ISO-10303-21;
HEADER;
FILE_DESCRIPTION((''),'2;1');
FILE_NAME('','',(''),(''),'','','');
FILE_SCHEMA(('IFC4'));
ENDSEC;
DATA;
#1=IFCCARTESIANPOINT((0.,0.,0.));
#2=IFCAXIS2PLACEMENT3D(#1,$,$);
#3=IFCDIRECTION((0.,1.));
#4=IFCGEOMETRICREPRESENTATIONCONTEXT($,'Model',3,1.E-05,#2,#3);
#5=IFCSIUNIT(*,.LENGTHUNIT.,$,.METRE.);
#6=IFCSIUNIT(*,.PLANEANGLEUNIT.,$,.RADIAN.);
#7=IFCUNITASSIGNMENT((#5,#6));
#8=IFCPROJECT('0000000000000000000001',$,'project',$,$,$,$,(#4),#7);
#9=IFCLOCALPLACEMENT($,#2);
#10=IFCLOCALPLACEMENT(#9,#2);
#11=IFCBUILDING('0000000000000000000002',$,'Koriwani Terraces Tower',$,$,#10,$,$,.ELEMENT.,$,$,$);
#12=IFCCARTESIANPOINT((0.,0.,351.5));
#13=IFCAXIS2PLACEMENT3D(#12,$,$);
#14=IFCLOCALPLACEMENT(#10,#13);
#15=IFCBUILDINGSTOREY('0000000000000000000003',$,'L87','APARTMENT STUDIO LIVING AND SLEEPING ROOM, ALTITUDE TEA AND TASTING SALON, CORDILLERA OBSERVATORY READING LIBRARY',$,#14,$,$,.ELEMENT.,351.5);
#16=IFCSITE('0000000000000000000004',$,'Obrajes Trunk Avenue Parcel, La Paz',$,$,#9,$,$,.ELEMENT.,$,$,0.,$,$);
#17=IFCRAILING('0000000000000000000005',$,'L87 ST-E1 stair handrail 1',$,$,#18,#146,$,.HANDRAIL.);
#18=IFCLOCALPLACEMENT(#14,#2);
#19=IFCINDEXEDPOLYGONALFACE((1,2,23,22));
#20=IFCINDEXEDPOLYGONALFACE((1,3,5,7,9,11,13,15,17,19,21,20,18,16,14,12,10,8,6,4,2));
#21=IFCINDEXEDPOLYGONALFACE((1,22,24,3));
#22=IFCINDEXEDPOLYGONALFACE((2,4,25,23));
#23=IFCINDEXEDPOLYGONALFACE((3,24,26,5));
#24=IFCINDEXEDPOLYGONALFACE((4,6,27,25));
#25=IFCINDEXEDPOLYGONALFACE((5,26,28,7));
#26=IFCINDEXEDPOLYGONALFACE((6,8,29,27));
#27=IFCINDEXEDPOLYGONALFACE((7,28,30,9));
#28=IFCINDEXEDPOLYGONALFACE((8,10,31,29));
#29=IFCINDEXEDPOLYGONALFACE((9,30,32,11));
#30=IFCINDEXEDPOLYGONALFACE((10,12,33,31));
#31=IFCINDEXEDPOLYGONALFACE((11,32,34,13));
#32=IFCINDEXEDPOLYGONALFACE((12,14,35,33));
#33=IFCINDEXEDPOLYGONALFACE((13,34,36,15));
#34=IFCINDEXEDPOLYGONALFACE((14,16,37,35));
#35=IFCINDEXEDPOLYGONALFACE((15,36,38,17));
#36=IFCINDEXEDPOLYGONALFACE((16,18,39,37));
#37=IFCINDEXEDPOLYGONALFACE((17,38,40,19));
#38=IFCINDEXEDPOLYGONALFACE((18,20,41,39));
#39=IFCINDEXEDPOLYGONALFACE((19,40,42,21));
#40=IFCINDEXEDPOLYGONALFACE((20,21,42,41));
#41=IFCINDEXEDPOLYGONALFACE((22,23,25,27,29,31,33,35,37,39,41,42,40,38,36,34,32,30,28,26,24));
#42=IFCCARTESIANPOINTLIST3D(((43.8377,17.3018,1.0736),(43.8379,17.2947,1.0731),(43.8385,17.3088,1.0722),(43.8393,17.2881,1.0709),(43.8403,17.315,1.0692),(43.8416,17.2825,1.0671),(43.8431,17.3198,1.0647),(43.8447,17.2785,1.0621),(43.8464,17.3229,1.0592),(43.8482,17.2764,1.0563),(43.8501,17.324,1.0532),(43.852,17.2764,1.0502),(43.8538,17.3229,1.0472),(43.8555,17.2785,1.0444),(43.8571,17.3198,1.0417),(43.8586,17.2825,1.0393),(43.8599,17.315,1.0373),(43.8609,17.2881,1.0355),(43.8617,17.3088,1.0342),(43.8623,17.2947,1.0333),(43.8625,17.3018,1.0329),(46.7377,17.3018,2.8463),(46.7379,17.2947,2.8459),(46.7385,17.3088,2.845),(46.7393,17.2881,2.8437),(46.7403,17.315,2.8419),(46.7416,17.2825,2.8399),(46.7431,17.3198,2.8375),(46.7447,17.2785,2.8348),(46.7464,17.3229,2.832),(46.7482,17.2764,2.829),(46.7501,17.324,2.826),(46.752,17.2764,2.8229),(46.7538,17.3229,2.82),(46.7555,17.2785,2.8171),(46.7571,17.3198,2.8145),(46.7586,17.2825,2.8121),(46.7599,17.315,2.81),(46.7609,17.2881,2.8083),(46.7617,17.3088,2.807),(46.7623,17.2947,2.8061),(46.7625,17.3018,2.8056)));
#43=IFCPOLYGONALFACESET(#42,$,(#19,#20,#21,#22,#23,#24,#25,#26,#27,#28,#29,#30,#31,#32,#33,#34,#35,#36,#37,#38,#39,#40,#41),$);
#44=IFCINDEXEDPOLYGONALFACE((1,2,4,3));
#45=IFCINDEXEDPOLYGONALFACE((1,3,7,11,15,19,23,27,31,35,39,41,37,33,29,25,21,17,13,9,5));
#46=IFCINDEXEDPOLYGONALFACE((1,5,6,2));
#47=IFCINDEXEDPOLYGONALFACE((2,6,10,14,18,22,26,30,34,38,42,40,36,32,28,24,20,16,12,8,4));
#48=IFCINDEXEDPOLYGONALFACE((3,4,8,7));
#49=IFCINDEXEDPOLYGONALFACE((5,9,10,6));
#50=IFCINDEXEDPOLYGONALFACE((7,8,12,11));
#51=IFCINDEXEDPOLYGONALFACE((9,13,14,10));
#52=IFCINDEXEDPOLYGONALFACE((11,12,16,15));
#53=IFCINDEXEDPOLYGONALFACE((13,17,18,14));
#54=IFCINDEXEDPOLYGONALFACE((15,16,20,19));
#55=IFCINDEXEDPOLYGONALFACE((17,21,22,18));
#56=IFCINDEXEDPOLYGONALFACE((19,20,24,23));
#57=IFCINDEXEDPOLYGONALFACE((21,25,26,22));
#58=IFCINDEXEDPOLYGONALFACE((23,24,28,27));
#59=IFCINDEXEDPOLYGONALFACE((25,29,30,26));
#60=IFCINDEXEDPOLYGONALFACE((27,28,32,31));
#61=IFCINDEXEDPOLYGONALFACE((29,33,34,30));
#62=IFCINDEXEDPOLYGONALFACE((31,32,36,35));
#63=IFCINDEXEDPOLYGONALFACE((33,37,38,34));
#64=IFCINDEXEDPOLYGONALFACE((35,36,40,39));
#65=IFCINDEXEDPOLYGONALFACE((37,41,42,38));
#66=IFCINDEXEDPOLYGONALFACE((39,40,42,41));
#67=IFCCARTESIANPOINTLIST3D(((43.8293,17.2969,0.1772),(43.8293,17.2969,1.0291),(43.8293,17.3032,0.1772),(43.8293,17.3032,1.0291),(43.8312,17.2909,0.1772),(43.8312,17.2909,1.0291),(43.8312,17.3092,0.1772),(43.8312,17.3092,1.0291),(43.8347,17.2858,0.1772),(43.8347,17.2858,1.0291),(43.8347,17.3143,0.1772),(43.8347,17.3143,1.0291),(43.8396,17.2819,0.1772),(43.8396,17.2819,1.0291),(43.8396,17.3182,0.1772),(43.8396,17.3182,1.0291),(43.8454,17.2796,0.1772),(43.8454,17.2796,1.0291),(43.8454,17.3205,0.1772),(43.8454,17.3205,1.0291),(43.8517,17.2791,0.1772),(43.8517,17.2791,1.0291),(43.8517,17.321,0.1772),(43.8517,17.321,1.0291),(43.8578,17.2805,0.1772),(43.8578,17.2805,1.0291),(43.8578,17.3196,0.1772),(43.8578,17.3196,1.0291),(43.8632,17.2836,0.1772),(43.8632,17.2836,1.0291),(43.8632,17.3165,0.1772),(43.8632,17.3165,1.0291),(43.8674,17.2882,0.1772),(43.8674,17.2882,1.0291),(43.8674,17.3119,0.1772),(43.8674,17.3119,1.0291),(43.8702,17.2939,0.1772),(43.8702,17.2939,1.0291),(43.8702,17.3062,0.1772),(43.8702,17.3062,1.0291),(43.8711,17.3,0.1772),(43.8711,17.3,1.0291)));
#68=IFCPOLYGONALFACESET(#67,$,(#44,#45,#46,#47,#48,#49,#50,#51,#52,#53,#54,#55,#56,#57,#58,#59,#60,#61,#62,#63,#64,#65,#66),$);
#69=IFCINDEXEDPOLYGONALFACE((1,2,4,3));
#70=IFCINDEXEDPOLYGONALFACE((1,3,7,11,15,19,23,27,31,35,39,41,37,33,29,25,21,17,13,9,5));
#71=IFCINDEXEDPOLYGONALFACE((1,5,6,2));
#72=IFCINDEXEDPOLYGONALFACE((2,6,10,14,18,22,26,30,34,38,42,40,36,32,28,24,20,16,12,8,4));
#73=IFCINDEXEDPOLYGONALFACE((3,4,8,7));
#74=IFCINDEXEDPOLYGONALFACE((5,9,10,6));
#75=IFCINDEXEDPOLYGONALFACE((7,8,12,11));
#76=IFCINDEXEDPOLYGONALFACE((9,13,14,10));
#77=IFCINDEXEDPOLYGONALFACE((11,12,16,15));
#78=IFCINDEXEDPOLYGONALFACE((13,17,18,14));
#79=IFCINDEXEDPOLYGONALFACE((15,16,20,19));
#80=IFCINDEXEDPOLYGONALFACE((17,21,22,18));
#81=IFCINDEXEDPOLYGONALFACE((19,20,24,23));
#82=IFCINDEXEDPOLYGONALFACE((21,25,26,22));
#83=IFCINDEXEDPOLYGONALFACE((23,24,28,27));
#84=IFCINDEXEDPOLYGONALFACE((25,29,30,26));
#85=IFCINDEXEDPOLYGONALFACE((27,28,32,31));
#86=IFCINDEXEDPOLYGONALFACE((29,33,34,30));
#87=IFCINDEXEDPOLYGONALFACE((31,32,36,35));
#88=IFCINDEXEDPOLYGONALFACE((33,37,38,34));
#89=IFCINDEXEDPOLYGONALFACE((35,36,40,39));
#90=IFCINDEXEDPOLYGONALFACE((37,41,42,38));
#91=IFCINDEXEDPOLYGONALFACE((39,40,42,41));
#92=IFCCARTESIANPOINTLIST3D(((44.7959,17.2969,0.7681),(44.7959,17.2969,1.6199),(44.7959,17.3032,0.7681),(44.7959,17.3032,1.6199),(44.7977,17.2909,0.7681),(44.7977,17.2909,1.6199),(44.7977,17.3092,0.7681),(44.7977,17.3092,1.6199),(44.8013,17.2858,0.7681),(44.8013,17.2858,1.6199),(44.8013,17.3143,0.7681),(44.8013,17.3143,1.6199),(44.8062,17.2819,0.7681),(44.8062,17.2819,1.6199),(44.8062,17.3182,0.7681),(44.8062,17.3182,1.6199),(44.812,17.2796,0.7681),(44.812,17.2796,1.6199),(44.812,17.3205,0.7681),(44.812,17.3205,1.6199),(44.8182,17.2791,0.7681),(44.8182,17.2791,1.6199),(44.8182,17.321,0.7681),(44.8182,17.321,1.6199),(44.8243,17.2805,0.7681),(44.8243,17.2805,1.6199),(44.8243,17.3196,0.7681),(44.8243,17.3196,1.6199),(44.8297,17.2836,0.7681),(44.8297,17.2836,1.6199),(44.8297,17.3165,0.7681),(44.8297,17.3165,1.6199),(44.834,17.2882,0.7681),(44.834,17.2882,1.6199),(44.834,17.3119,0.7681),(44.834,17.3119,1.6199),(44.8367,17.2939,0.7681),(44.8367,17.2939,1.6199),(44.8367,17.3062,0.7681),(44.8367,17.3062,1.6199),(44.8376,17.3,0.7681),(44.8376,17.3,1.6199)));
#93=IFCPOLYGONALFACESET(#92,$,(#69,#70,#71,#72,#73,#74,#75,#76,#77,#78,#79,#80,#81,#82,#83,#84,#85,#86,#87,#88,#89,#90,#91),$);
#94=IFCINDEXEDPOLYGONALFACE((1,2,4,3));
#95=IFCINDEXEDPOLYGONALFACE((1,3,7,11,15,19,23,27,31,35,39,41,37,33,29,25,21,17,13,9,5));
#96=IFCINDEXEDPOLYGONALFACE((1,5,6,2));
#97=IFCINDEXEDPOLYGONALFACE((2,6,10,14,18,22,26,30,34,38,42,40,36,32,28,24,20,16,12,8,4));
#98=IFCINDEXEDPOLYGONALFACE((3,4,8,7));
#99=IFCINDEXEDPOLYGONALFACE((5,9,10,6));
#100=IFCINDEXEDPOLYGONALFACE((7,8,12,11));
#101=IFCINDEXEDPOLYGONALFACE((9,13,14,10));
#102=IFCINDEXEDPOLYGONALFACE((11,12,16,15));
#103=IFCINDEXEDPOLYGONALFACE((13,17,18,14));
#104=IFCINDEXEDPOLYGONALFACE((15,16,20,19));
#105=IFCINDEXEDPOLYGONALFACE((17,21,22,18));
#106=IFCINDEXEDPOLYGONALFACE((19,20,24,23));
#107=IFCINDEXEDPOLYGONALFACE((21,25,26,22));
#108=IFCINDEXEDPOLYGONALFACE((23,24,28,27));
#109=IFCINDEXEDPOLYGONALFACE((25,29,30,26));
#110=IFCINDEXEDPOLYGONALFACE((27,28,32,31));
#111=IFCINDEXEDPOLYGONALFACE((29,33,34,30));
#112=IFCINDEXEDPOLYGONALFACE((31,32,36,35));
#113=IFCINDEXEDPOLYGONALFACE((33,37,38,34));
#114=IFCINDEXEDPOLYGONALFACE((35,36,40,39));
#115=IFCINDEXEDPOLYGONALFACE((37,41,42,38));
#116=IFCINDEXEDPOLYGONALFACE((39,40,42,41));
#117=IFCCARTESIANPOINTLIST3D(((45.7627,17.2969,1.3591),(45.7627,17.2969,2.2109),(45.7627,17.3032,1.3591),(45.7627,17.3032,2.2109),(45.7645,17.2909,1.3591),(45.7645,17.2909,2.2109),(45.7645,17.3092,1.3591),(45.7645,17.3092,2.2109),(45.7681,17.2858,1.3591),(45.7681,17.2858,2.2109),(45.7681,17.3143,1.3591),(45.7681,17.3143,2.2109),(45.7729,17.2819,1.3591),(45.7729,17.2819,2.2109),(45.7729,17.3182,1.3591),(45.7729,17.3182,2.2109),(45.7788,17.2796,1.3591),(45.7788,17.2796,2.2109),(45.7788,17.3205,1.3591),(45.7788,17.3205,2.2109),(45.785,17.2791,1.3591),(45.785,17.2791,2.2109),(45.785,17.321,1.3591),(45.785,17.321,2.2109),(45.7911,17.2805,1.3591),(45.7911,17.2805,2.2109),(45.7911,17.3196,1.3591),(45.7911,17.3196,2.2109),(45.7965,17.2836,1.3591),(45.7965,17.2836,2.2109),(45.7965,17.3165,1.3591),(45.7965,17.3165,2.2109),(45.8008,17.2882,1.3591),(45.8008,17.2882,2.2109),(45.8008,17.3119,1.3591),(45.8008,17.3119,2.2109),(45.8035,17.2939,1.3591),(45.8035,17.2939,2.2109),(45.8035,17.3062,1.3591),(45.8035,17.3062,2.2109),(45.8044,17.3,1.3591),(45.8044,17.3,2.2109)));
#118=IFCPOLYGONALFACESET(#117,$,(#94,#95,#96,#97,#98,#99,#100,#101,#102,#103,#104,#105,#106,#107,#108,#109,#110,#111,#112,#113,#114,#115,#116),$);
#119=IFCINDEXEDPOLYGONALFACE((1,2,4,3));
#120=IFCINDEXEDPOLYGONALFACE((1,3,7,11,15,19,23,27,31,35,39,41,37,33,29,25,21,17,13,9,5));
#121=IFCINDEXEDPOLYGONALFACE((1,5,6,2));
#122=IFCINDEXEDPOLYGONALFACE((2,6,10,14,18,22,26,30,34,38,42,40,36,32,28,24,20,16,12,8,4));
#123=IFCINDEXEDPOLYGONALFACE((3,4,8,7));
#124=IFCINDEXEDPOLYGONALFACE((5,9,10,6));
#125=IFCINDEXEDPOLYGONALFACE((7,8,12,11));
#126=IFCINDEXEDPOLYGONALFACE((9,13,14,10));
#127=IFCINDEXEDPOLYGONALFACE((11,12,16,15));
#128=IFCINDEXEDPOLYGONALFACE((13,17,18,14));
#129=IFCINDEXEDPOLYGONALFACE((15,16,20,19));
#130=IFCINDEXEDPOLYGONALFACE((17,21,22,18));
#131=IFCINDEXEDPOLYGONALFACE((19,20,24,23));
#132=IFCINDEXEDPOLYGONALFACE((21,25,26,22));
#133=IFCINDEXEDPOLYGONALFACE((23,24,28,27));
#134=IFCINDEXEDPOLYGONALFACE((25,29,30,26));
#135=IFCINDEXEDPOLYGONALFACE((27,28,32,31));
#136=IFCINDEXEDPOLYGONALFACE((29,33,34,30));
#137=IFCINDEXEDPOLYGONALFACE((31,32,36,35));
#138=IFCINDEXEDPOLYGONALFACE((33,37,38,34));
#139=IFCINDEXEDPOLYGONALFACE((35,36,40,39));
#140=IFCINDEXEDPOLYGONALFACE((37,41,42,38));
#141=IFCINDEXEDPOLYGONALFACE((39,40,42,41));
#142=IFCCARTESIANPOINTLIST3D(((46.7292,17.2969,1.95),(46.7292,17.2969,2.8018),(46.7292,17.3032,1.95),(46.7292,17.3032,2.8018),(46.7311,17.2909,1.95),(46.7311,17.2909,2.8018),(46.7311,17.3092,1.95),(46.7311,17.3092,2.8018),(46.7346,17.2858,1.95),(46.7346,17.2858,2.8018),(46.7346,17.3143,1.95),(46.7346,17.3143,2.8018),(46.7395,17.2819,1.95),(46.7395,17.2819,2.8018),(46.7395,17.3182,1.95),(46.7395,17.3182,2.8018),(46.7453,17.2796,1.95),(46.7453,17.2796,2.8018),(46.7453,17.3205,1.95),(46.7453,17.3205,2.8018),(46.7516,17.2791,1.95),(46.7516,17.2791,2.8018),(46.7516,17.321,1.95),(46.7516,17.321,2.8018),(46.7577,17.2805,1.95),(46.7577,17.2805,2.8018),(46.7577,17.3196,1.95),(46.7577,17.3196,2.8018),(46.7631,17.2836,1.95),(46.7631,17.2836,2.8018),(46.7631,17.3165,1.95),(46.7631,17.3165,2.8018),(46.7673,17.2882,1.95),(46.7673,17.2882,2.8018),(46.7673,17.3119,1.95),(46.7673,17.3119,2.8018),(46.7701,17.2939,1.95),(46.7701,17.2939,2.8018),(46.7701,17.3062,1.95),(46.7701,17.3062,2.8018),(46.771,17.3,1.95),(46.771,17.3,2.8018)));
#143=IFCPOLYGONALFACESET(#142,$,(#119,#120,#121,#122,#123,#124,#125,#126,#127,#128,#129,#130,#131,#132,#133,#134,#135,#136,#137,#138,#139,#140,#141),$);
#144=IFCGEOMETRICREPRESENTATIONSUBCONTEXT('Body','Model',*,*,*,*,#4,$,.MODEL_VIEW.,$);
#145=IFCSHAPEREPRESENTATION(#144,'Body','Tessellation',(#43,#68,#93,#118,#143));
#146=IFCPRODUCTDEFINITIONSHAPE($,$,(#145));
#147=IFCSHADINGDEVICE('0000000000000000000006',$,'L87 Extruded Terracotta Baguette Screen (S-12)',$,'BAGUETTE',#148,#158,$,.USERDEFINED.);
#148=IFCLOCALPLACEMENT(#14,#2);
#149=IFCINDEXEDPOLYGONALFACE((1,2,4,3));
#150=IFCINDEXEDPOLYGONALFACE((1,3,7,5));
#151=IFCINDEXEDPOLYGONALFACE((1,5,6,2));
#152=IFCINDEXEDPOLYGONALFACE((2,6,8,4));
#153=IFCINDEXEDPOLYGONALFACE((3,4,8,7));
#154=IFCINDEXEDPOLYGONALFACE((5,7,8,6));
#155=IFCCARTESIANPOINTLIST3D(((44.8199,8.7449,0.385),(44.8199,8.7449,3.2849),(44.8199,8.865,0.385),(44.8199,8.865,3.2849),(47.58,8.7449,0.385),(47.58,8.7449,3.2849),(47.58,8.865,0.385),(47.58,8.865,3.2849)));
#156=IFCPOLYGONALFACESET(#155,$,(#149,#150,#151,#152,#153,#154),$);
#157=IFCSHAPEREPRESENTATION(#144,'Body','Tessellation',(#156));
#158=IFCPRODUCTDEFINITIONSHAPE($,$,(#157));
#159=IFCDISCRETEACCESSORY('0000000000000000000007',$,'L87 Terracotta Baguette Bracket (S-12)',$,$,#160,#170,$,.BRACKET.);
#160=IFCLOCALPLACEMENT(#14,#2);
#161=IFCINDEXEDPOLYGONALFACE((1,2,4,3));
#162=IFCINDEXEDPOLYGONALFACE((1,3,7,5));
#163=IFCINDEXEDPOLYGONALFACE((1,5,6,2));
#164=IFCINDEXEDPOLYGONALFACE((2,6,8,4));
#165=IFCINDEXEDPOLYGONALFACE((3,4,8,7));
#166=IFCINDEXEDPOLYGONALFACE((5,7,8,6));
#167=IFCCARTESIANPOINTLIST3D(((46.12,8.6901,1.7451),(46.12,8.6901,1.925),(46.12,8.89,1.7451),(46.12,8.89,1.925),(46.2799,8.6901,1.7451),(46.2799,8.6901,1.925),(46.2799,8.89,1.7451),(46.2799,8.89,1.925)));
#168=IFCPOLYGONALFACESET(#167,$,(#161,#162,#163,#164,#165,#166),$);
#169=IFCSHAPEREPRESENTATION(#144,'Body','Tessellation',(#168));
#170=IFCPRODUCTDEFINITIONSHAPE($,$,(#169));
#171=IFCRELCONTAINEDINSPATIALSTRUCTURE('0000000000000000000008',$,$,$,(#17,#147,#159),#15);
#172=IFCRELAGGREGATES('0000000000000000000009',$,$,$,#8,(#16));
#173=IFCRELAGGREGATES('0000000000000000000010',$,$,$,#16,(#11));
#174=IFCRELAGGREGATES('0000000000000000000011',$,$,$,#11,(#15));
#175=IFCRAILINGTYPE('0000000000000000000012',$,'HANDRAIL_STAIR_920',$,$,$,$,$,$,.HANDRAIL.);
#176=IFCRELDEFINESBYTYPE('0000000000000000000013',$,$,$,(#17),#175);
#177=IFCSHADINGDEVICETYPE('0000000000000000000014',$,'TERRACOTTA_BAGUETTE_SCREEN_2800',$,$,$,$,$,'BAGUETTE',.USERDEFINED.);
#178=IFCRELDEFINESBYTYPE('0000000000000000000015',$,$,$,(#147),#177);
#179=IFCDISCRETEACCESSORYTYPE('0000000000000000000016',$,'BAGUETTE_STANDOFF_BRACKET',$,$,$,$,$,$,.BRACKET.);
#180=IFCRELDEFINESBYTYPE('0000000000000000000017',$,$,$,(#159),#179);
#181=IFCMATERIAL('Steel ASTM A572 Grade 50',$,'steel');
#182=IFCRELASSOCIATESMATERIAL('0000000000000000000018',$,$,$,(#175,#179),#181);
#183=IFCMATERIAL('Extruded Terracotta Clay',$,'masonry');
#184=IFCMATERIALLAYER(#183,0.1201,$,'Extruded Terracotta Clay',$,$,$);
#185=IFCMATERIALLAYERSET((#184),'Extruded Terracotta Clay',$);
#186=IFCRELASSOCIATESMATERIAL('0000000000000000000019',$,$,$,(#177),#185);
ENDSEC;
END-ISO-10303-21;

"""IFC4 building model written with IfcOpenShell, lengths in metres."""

from ifc_helpers import new_model, si_unit, direction, frame, origin, origin_2d, place, context, subcontext, project, spatial, rectangle, circle, extrude, material, layer, layer_set, type_object, element, save


model = new_model("IFC4")

# Units and contexts
model_context = context("Model", 3, precision=1e-05, world=origin(), true_north=direction((0.0, 1.0)))
body_context = subcontext(model_context, "Body", "Model", "MODEL_VIEW")
ifc_project = project(units=[si_unit("LENGTHUNIT", "METRE"), si_unit("PLANEANGLEUNIT", "RADIAN")], contexts=[model_context])

# Site, building, storey
site_placement = place(None, origin())
site = spatial("IfcSite", under=ifc_project, at=site_placement, Name="Obrajes Trunk Avenue Parcel, La Paz", CompositionType="ELEMENT", RefElevation=0.0)
building_placement = place(site_placement, origin())
building = spatial("IfcBuilding", under=site, at=building_placement, Name="Koriwani Terraces Tower", CompositionType="ELEMENT")
storey_placement = place(building_placement, frame((0.0, 0.0, 351.5)))
storey = spatial("IfcBuildingStorey", under=building, at=storey_placement, Name="L87", Description="APARTMENT STUDIO LIVING AND SLEEPING ROOM, ALTITUDE TEA AND TASTING SALON, CORDILLERA OBSERVATORY READING LIBRARY", CompositionType="ELEMENT", Elevation=351.5)

# Shared definitions
ifc_material_1 = material(Name="Steel ASTM A572 Grade 50", Category="steel")

# Railing
railing_type_1 = type_object("IfcRailingType", Name="HANDRAIL_STAIR_920", PredefinedType="HANDRAIL", material=ifc_material_1)
railing_1_placement = place(storey_placement, frame((43.8501, 17.3, 0.1772)))
element("IfcRailing", 1, at=railing_1_placement, inside=storey, type_object=railing_type_1, Name="L87 ST-E1 stair handrail 1", PredefinedType="HANDRAIL", context=body_context, shape_type="SweptSolid", body=[
    extrude(circle(Radius=0.0239, at=origin_2d()), frame((0.0, 0.0, 0.876), z_axis=(0.853211, 0.0, 0.521566), x_axis=(0.0, 1.0, 0.0)), (0.0, 0.0, 1.0), 3.3989),
    extrude(circle(Radius=0.021, at=origin_2d()), origin(), (0.0, 0.0, 1.0), 0.8518),
    extrude(circle(Radius=0.021, at=origin_2d()), frame((0.9666, 0.0, 0.5908)), (0.0, 0.0, 1.0), 0.8518),
    extrude(circle(Radius=0.021, at=origin_2d()), frame((1.9333, 0.0, 1.1819)), (0.0, 0.0, 1.0), 0.8518),
    extrude(circle(Radius=0.021, at=origin_2d()), frame((2.8999, 0.0, 1.7727)), (0.0, 0.0, 1.0), 0.8518),
])

# Shading device
ifc_material_2 = material(Name="Extruded Terracotta Clay", Category="masonry")
ifc_layer_1 = layer(ifc_material_2, 0.1201, Name="Extruded Terracotta Clay")
ifc_layer_set_1 = layer_set([ifc_layer_1], Name="Extruded Terracotta Clay")
shading_device_type = type_object("IfcShadingDeviceType", Name="TERRACOTTA_BAGUETTE_SCREEN_2800", ElementType="BAGUETTE", PredefinedType="USERDEFINED", material=ifc_layer_set_1)
shading_device_placement = place(storey_placement, frame((46.2, 8.8049, 0.385), z_axis=(0.0, 0.0, 1.0), x_axis=(-1.0, 0.0, 0.0)))
element("IfcShadingDevice", 2, at=shading_device_placement, inside=storey, type_object=shading_device_type, Name="L87 Extruded Terracotta Baguette Screen (S-12)", ObjectType="BAGUETTE", PredefinedType="USERDEFINED", context=body_context, shape_type="SweptSolid", body=[
    extrude(rectangle(XDim=2.76, YDim=0.1201, at=origin_2d()), origin(), (0.0, 0.0, 1.0), 2.8999),
])

# Discrete accessory
discrete_accessory_type = type_object("IfcDiscreteAccessoryType", Name="BAGUETTE_STANDOFF_BRACKET", PredefinedType="BRACKET", material=ifc_material_1)
discrete_accessory_placement = place(storey_placement, frame((46.2, 8.79, 1.7451), z_axis=(0.0, 0.0, 1.0), x_axis=(-1.0, 0.0, 0.0)))
element("IfcDiscreteAccessory", 3, at=discrete_accessory_placement, inside=storey, type_object=discrete_accessory_type, Name="L87 Terracotta Baguette Bracket (S-12)", PredefinedType="BRACKET", context=body_context, shape_type="SweptSolid", body=[
    extrude(rectangle(XDim=0.1599, YDim=0.2, at=origin_2d()), origin(), (0.0, 0.0, 1.0), 0.1799),
])

save(model, "model.ifc")
